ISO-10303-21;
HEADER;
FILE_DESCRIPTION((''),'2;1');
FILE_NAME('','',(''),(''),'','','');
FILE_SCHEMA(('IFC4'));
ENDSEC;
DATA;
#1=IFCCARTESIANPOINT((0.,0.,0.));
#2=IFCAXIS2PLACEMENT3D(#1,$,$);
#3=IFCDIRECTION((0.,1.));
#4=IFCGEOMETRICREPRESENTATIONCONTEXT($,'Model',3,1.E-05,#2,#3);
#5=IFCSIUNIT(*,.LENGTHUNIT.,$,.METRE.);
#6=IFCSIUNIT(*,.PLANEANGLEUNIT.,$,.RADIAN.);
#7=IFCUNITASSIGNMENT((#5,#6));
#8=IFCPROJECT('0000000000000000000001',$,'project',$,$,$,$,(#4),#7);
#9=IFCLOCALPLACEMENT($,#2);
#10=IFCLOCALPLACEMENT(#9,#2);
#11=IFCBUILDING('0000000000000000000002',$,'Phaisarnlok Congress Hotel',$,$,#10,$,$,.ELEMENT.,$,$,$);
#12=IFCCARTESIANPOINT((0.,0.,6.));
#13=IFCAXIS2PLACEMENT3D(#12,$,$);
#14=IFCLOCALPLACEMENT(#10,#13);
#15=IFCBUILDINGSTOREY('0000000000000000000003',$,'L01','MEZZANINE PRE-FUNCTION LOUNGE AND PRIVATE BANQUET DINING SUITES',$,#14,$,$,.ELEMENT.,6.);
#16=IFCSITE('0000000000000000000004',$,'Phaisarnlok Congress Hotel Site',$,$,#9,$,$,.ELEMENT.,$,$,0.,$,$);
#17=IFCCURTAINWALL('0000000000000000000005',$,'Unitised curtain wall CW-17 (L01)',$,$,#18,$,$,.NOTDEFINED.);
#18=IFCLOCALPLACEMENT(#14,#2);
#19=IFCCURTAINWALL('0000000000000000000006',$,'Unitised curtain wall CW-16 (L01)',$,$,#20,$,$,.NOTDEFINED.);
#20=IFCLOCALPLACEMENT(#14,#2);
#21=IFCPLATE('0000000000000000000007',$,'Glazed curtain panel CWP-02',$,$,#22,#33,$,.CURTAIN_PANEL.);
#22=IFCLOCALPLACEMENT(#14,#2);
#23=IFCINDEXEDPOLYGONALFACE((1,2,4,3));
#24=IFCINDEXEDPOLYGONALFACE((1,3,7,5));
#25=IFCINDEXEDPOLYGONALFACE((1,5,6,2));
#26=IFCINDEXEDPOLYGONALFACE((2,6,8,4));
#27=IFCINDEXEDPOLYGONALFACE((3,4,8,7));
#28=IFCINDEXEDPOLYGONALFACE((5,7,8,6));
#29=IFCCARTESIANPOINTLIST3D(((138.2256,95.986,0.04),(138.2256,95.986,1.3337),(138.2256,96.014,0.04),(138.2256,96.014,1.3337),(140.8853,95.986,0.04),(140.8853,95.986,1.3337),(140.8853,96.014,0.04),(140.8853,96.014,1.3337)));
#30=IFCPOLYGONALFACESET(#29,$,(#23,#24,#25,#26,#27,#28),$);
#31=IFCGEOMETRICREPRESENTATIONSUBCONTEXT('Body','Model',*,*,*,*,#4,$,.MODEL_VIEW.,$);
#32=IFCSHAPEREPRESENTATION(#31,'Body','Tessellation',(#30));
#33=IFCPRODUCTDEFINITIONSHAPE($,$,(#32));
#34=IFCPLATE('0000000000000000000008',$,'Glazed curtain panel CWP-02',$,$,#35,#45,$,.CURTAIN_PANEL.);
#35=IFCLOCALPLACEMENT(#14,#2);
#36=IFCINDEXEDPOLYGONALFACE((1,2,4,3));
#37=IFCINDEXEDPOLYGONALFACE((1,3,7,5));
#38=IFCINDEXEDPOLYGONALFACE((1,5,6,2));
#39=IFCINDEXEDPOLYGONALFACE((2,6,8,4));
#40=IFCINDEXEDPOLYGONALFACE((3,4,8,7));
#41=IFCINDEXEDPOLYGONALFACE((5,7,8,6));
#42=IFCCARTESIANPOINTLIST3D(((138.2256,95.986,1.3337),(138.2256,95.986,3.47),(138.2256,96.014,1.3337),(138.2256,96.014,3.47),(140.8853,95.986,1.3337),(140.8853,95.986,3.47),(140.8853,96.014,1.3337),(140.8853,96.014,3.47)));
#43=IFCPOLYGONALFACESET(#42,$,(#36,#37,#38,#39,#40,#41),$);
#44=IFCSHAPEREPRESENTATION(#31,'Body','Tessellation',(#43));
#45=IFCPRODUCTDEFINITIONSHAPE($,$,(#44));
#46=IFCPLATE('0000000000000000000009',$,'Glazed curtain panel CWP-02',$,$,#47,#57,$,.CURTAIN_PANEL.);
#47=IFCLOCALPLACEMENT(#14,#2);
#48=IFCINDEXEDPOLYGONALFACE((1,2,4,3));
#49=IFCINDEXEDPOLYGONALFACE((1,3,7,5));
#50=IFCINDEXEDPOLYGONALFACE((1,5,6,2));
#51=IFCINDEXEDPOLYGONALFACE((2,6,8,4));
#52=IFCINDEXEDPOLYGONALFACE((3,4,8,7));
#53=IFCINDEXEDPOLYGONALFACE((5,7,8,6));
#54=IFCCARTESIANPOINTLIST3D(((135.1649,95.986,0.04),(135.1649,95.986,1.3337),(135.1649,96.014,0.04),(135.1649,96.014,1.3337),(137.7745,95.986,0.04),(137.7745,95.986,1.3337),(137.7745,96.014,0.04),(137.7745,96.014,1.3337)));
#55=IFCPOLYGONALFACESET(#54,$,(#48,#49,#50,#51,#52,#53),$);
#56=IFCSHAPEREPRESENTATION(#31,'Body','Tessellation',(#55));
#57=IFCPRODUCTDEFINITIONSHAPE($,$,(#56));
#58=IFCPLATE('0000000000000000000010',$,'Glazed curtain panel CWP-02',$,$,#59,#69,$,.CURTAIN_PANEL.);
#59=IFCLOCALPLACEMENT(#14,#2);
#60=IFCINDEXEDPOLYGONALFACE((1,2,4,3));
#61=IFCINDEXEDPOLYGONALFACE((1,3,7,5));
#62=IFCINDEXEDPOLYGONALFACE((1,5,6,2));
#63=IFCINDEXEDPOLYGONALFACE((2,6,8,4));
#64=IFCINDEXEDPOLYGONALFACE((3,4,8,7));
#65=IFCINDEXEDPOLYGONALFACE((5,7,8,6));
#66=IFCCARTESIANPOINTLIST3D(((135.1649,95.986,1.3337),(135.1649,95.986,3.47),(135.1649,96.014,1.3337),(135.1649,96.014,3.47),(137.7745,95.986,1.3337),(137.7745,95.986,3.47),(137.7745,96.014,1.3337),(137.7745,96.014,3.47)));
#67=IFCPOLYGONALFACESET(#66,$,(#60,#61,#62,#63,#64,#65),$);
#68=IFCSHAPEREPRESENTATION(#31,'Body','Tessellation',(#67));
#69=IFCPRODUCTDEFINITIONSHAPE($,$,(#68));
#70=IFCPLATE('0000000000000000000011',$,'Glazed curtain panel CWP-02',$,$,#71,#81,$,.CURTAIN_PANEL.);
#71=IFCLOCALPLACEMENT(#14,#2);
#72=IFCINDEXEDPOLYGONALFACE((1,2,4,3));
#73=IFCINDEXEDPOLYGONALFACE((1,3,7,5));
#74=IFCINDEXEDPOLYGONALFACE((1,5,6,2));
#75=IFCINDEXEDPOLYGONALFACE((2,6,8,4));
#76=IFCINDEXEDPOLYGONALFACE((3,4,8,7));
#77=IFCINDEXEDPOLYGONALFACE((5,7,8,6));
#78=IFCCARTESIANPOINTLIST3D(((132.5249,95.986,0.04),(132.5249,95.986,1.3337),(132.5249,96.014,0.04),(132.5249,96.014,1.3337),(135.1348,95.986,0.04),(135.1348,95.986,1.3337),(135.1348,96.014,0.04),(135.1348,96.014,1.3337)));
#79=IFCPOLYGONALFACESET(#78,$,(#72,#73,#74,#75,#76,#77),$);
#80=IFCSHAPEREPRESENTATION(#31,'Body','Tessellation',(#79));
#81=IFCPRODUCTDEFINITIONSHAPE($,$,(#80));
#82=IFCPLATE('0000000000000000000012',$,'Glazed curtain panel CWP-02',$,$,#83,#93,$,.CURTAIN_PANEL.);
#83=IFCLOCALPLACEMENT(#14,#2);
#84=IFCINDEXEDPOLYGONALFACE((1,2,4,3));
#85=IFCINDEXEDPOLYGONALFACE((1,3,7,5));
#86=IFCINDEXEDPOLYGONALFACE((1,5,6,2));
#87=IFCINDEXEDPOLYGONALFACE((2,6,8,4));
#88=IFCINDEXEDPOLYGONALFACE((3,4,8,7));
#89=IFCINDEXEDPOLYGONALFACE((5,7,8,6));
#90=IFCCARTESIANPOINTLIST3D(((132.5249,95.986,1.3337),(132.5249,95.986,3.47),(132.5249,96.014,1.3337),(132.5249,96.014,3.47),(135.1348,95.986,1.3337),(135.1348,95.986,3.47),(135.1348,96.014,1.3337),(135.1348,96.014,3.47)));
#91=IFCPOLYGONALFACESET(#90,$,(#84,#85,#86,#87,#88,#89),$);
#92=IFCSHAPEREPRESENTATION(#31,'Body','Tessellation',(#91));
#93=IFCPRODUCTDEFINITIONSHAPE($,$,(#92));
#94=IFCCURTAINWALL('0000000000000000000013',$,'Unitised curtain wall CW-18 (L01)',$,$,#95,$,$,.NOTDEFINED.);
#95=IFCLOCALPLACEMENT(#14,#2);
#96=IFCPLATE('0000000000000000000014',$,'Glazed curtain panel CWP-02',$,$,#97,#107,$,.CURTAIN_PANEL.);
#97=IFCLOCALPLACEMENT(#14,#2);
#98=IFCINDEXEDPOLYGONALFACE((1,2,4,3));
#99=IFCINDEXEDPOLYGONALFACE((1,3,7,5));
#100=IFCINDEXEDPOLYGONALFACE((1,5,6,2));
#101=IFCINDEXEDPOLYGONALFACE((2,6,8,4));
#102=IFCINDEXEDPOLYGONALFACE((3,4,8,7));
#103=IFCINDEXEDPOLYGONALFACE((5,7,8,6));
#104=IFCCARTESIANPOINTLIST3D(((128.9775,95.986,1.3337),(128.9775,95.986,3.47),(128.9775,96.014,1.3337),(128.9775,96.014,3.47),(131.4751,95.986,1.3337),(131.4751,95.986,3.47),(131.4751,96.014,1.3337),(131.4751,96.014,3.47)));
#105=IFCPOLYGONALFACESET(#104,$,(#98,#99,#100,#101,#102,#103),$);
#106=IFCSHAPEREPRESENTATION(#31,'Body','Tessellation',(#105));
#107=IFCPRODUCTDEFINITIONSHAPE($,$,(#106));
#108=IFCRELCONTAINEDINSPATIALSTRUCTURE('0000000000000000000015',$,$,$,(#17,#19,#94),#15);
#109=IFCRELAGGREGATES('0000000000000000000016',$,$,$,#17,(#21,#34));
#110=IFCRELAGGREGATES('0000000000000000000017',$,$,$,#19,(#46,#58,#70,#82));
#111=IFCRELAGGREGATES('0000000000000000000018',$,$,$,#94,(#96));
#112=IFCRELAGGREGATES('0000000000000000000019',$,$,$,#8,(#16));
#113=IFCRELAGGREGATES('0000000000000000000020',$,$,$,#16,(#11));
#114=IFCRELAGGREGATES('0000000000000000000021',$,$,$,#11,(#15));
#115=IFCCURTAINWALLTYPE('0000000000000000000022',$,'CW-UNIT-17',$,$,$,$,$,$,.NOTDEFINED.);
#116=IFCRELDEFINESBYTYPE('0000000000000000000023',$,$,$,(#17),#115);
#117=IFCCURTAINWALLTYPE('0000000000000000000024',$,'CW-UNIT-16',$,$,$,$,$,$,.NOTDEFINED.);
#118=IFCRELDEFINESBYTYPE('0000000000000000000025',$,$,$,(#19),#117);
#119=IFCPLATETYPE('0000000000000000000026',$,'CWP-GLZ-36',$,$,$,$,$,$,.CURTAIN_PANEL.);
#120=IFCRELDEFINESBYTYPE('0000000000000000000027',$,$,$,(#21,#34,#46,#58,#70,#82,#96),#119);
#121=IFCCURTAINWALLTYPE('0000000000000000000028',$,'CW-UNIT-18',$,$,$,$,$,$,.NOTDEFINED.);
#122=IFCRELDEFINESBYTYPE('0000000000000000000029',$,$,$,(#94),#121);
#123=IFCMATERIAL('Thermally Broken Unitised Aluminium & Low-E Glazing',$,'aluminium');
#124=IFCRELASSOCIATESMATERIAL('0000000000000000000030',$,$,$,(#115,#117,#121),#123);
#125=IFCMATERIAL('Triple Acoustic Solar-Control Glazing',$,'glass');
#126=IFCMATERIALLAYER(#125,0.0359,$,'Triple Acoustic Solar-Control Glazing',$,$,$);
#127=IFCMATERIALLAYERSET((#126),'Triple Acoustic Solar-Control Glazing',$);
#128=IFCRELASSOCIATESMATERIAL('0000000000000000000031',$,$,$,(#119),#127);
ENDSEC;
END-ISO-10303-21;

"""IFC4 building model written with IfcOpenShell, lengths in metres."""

from ifc_helpers import new_model, si_unit, direction, frame, frame_2d, origin, place, context, subcontext, project, spatial, rectangle, extrude, material, layer, layer_set, type_object, element, aggregate, save


model = new_model("IFC4")

# Units and contexts
model_context = context("Model", 3, precision=1e-05, world=origin(), true_north=direction((0.0, 1.0)))
body_context = subcontext(model_context, "Body", "Model", "MODEL_VIEW")
ifc_project = project(units=[si_unit("LENGTHUNIT", "METRE"), si_unit("PLANEANGLEUNIT", "RADIAN")], contexts=[model_context])

# Site, building, storey
site_placement = place(None, origin())
site = spatial("IfcSite", under=ifc_project, at=site_placement, Name="Phaisarnlok Congress Hotel Site", CompositionType="ELEMENT", RefElevation=0.0)
building_placement = place(site_placement, origin())
building = spatial("IfcBuilding", under=site, at=building_placement, Name="Phaisarnlok Congress Hotel", CompositionType="ELEMENT")
storey_placement = place(building_placement, frame((0.0, 0.0, 6.0)))
storey = spatial("IfcBuildingStorey", under=building, at=storey_placement, Name="L01", Description="MEZZANINE PRE-FUNCTION LOUNGE AND PRIVATE BANQUET DINING SUITES", CompositionType="ELEMENT", Elevation=6.0)

# Curtain walls
ifc_material_1 = material(Name="Thermally Broken Unitised Aluminium & Low-E Glazing", Category="aluminium")
curtain_wall_type_1 = type_object("IfcCurtainWallType", Name="CW-UNIT-17", PredefinedType="NOTDEFINED", material=ifc_material_1)
curtain_wall_1_placement = place(storey_placement, origin())
curtain_wall_1 = element("IfcCurtainWall", 1, at=curtain_wall_1_placement, inside=storey, type_object=curtain_wall_type_1, Name="Unitised curtain wall CW-17 (L01)", PredefinedType="NOTDEFINED")
curtain_wall_type_2 = type_object("IfcCurtainWallType", Name="CW-UNIT-16", PredefinedType="NOTDEFINED", material=ifc_material_1)
curtain_wall_2_placement = place(storey_placement, origin())
curtain_wall_2 = element("IfcCurtainWall", 2, at=curtain_wall_2_placement, inside=storey, type_object=curtain_wall_type_2, Name="Unitised curtain wall CW-16 (L01)", PredefinedType="NOTDEFINED")

# Plates
ifc_material_2 = material(Name="Triple Acoustic Solar-Control Glazing", Category="glass")
ifc_layer = layer(ifc_material_2, 0.0359, Name="Triple Acoustic Solar-Control Glazing")
ifc_layer_set = layer_set([ifc_layer], Name="Triple Acoustic Solar-Control Glazing")
plate_type = type_object("IfcPlateType", Name="CWP-GLZ-36", PredefinedType="CURTAIN_PANEL", material=ifc_layer_set)
plate_1_placement = place(storey_placement, frame((140.8853, 96.0, 0.04), z_axis=(0.0, 0.0, 1.0), x_axis=(-1.0, 0.0, 0.0)))
plate_1 = element("IfcPlate", 3, at=plate_1_placement, type_object=plate_type, Name="Glazed curtain panel CWP-02", PredefinedType="CURTAIN_PANEL", context=body_context, shape_type="SweptSolid", body=[
    extrude(rectangle(XDim=2.6597, YDim=0.0281, at=frame_2d((1.3298, 0.0))), origin(), (0.0, 0.0, 1.0), 1.2937),
])
plate_2_placement = place(storey_placement, frame((140.8853, 96.0, 1.3337), z_axis=(0.0, 0.0, 1.0), x_axis=(-1.0, 0.0, 0.0)))
plate_2 = element("IfcPlate", 4, at=plate_2_placement, type_object=plate_type, Name="Glazed curtain panel CWP-02", PredefinedType="CURTAIN_PANEL", context=body_context, shape_type="SweptSolid", body=[
    extrude(rectangle(XDim=2.6597, YDim=0.0281, at=frame_2d((1.3298, 0.0))), origin(), (0.0, 0.0, 1.0), 2.1362),
])
aggregate(curtain_wall_1, [plate_1, plate_2])
plate_3_placement = place(storey_placement, frame((137.7744, 96.0, 0.04), z_axis=(0.0, 0.0, 1.0), x_axis=(-1.0, 0.0, 0.0)))
plate_3 = element("IfcPlate", 5, at=plate_3_placement, type_object=plate_type, Name="Glazed curtain panel CWP-02", PredefinedType="CURTAIN_PANEL", context=body_context, shape_type="SweptSolid", body=[
    extrude(rectangle(XDim=2.6096, YDim=0.0281, at=frame_2d((1.3047, 0.0))), origin(), (0.0, 0.0, 1.0), 1.2937),
])
plate_4_placement = place(storey_placement, frame((137.7744, 96.0, 1.3337), z_axis=(0.0, 0.0, 1.0), x_axis=(-1.0, 0.0, 0.0)))
plate_4 = element("IfcPlate", 6, at=plate_4_placement, type_object=plate_type, Name="Glazed curtain panel CWP-02", PredefinedType="CURTAIN_PANEL", context=body_context, shape_type="SweptSolid", body=[
    extrude(rectangle(XDim=2.6096, YDim=0.0281, at=frame_2d((1.3047, 0.0))), origin(), (0.0, 0.0, 1.0), 2.1362),
])
plate_5_placement = place(storey_placement, frame((135.1348, 96.0, 0.04), z_axis=(0.0, 0.0, 1.0), x_axis=(-1.0, 0.0, 0.0)))
plate_5 = element("IfcPlate", 7, at=plate_5_placement, type_object=plate_type, Name="Glazed curtain panel CWP-02", PredefinedType="CURTAIN_PANEL", context=body_context, shape_type="SweptSolid", body=[
    extrude(rectangle(XDim=2.6099, YDim=0.0281, at=frame_2d((1.3049, 0.0))), origin(), (0.0, 0.0, 1.0), 1.2937),
])
plate_6_placement = place(storey_placement, frame((135.1348, 96.0, 1.3337), z_axis=(0.0, 0.0, 1.0), x_axis=(-1.0, 0.0, 0.0)))
plate_6 = element("IfcPlate", 8, at=plate_6_placement, type_object=plate_type, Name="Glazed curtain panel CWP-02", PredefinedType="CURTAIN_PANEL", context=body_context, shape_type="SweptSolid", body=[
    extrude(rectangle(XDim=2.6099, YDim=0.0281, at=frame_2d((1.3049, 0.0))), origin(), (0.0, 0.0, 1.0), 2.1362),
])
aggregate(curtain_wall_2, [plate_3, plate_4, plate_5, plate_6])

# Curtain wall, plate
curtain_wall_type_3 = type_object("IfcCurtainWallType", Name="CW-UNIT-18", PredefinedType="NOTDEFINED", material=ifc_material_1)
curtain_wall_3_placement = place(storey_placement, origin())
curtain_wall_3 = element("IfcCurtainWall", 9, at=curtain_wall_3_placement, inside=storey, type_object=curtain_wall_type_3, Name="Unitised curtain wall CW-18 (L01)", PredefinedType="NOTDEFINED")
plate_7_placement = place(storey_placement, frame((131.4751, 96.0, 1.3337), z_axis=(0.0, 0.0, 1.0), x_axis=(-1.0, 0.0, 0.0)))
plate_7 = element("IfcPlate", 10, at=plate_7_placement, type_object=plate_type, Name="Glazed curtain panel CWP-02", PredefinedType="CURTAIN_PANEL", context=body_context, shape_type="SweptSolid", body=[
    extrude(rectangle(XDim=2.4976, YDim=0.0281, at=frame_2d((1.2488, 0.0))), origin(), (0.0, 0.0, 1.0), 2.1362),
])
aggregate(curtain_wall_3, [plate_7])

save(model, "model.ifc")
